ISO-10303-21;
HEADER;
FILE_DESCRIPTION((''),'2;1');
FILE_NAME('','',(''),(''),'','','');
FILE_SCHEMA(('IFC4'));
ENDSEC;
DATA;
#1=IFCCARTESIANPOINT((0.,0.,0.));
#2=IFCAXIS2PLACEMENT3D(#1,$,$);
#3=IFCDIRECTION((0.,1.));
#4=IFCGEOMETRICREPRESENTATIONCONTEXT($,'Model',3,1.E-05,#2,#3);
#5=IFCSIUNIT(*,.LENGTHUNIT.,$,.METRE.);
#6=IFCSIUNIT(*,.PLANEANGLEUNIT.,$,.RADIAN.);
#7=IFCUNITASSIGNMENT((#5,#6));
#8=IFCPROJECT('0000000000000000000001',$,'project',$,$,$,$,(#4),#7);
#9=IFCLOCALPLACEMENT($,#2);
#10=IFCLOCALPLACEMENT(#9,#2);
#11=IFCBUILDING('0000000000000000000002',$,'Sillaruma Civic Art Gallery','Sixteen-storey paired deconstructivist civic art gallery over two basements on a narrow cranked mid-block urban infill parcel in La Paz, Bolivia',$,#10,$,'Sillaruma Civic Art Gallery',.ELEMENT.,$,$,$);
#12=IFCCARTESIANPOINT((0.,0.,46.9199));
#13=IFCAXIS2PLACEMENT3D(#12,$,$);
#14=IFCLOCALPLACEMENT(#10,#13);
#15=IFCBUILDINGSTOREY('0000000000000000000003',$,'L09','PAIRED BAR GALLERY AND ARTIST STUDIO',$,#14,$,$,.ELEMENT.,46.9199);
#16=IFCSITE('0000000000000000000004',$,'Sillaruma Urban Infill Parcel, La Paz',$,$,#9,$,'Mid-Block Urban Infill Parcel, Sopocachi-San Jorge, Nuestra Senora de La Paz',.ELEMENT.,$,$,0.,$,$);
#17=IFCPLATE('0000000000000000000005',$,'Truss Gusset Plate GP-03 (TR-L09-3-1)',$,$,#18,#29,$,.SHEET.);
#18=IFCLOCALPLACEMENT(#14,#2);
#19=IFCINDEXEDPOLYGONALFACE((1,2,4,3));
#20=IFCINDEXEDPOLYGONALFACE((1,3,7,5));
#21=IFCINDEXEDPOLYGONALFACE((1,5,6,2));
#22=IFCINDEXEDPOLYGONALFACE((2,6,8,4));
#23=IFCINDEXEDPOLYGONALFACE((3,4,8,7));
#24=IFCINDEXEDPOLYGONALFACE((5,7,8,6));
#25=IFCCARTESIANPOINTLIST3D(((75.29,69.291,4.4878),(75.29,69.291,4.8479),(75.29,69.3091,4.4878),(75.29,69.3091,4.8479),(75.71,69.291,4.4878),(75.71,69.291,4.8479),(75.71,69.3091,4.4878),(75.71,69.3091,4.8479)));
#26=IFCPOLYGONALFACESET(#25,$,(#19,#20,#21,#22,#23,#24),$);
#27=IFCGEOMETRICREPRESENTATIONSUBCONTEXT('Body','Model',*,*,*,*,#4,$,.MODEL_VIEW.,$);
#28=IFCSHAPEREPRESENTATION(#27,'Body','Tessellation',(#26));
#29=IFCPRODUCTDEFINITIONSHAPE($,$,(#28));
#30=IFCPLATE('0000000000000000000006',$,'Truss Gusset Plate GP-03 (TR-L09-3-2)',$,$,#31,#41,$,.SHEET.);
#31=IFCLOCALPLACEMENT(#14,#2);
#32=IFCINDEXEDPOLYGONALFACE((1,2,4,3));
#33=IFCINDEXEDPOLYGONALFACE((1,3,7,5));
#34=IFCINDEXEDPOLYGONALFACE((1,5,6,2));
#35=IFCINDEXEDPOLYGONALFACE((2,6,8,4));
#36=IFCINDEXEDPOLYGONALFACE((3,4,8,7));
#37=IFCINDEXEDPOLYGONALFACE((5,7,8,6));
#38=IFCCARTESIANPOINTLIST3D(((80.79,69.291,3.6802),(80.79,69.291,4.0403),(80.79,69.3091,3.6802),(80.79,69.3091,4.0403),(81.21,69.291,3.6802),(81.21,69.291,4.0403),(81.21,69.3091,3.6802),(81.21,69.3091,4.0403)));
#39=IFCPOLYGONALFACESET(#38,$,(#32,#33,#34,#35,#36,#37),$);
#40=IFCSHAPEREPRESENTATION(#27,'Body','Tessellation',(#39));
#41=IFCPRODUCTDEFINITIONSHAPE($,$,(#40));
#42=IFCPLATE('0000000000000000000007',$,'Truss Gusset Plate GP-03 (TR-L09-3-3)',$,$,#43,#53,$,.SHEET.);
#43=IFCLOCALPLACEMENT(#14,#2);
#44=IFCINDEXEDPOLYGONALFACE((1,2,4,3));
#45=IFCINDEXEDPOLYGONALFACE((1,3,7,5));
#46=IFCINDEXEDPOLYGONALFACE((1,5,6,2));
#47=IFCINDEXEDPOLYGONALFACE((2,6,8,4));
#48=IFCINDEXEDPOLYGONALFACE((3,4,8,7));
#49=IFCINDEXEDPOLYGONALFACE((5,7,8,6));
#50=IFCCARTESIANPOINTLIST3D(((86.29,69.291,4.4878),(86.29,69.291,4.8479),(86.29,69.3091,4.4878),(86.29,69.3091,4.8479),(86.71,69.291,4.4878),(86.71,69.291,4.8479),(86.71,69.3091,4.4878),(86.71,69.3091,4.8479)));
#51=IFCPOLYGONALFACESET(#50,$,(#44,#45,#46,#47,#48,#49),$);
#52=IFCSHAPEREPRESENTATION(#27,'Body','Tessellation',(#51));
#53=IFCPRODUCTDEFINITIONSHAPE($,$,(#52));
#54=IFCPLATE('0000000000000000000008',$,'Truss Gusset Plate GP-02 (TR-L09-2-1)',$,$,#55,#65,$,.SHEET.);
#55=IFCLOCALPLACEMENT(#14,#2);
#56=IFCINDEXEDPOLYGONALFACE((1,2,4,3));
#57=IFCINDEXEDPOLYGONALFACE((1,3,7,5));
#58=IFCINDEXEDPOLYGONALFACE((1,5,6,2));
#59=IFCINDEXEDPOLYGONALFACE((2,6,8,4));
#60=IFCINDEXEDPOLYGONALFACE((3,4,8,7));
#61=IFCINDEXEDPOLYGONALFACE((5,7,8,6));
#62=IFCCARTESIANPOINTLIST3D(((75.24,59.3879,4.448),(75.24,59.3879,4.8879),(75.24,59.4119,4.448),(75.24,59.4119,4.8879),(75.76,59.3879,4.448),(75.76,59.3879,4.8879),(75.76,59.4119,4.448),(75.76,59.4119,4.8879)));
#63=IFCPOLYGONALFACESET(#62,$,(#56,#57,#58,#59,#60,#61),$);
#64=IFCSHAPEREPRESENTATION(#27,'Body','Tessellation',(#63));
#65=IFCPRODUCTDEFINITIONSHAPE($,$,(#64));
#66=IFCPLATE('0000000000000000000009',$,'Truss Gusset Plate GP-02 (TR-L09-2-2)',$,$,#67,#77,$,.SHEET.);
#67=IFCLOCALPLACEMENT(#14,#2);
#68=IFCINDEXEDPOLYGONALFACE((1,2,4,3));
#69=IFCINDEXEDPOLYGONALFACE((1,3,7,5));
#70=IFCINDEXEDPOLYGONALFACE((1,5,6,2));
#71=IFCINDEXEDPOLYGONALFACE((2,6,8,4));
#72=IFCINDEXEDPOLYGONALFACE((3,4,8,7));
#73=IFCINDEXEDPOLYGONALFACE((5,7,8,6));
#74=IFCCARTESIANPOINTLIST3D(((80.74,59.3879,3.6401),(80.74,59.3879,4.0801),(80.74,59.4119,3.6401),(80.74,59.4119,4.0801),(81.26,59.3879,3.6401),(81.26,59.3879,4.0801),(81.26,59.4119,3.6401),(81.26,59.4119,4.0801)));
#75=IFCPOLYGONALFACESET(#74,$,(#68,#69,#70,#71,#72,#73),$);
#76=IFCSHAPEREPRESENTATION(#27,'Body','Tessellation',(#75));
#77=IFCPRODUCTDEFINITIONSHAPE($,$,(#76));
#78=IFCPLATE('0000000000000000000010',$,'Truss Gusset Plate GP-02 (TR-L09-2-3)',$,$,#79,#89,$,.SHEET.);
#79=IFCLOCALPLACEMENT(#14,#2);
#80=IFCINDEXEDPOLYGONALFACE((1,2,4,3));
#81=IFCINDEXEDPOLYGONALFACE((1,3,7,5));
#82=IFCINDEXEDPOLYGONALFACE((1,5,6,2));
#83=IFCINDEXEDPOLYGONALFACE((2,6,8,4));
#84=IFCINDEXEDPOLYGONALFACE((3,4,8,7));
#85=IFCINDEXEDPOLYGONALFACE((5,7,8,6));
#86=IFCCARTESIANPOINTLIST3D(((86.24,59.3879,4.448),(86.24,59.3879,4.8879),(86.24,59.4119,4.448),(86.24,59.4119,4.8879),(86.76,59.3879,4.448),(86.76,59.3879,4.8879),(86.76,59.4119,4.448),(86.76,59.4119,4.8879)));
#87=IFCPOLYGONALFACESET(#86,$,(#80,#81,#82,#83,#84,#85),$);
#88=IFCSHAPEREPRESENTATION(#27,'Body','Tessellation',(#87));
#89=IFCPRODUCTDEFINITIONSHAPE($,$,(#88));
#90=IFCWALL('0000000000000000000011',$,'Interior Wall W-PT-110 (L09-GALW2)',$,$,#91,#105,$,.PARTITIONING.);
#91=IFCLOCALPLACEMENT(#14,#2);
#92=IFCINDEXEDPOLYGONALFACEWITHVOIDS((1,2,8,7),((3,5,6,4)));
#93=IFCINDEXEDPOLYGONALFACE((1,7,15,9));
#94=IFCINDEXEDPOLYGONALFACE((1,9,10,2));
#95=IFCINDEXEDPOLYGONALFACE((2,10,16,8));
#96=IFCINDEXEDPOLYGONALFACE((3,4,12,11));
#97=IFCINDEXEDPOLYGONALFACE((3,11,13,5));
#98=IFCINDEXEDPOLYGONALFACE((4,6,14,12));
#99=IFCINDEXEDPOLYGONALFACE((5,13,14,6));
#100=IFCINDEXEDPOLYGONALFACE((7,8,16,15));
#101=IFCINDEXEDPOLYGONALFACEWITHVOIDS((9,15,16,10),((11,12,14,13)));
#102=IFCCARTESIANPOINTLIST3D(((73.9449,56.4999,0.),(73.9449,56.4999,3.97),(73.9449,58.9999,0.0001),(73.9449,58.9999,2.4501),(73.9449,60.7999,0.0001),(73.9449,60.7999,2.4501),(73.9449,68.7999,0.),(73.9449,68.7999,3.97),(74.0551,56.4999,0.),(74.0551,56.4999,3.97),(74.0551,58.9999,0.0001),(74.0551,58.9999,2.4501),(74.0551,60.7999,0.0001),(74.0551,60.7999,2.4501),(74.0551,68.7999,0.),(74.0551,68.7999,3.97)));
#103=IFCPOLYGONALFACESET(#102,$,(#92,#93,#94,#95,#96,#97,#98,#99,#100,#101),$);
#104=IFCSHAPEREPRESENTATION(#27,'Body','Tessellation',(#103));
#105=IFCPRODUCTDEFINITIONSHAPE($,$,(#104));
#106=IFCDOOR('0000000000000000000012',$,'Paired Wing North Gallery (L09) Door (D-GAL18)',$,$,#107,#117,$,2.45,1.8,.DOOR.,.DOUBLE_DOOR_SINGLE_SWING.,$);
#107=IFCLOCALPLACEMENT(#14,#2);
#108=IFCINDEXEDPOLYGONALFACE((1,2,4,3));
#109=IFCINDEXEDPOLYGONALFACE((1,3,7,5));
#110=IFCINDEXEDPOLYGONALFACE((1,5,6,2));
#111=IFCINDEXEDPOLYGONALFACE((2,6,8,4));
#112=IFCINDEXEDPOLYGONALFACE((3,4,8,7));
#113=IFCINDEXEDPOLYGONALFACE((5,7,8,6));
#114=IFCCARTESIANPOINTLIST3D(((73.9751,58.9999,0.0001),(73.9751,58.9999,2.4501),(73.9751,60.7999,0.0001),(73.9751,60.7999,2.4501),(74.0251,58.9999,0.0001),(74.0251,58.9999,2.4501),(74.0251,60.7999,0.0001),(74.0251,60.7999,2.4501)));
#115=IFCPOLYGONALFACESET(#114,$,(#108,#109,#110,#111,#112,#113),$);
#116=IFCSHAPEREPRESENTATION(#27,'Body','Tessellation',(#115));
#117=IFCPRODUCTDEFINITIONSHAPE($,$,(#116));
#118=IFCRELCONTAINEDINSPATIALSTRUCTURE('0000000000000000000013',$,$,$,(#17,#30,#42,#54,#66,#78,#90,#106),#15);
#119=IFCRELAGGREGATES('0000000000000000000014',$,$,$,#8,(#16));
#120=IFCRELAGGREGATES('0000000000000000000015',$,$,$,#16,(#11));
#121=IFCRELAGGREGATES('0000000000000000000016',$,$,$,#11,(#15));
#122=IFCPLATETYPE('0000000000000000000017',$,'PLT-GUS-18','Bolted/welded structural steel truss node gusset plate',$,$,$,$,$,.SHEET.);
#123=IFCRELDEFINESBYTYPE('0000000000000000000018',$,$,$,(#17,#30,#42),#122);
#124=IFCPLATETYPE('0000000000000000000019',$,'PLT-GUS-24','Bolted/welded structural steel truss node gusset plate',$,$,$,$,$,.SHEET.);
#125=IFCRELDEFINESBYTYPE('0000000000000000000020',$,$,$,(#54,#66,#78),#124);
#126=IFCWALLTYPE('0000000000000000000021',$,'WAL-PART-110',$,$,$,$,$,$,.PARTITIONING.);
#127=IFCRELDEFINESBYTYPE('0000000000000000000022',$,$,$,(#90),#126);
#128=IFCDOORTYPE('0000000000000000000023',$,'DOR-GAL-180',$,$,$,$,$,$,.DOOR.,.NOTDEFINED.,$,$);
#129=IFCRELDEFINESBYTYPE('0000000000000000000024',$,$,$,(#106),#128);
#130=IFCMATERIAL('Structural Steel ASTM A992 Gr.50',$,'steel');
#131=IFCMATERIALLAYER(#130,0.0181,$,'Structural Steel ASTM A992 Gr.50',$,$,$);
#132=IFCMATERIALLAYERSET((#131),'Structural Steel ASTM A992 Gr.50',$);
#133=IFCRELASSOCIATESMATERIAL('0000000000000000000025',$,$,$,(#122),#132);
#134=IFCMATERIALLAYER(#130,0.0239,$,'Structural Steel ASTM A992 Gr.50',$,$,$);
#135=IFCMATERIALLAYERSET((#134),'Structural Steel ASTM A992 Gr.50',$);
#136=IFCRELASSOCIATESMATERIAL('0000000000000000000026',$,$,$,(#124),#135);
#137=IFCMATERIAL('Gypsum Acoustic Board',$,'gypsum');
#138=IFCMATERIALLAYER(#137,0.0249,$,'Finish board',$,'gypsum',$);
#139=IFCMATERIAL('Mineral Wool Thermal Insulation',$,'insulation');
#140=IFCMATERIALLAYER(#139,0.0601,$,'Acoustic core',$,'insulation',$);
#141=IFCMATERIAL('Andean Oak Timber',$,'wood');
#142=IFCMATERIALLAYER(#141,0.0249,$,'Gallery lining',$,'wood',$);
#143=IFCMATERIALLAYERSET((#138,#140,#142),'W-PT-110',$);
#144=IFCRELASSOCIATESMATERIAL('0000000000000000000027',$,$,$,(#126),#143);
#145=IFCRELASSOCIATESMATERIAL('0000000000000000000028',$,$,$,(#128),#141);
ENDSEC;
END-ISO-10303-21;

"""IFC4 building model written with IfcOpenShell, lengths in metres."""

from ifc_helpers import new_model, si_unit, direction, frame, frame_2d, origin, origin_2d, place, context, subcontext, project, spatial, rectangle, extrude, material, layer, layer_set, type_object, element, fill, save


model = new_model("IFC4")

# Units and contexts
model_context = context("Model", 3, precision=1e-05, world=origin(), true_north=direction((0.0, 1.0)))
body_context = subcontext(model_context, "Body", "Model", "MODEL_VIEW")
ifc_project = project(units=[si_unit("LENGTHUNIT", "METRE"), si_unit("PLANEANGLEUNIT", "RADIAN")], contexts=[model_context])

# Site, building, storey
site_placement = place(None, origin())
site = spatial("IfcSite", under=ifc_project, at=site_placement, Name="Sillaruma Urban Infill Parcel, La Paz", LongName="Mid-Block Urban Infill Parcel, Sopocachi-San Jorge, Nuestra Senora de La Paz", CompositionType="ELEMENT", RefElevation=0.0)
building_placement = place(site_placement, origin())
building = spatial("IfcBuilding", under=site, at=building_placement, Name="Sillaruma Civic Art Gallery", Description="Sixteen-storey paired deconstructivist civic art gallery over two basements on a narrow cranked mid-block urban infill parcel in La Paz, Bolivia", LongName="Sillaruma Civic Art Gallery", CompositionType="ELEMENT")
storey_placement = place(building_placement, frame((0.0, 0.0, 46.9199)))
storey = spatial("IfcBuildingStorey", under=building, at=storey_placement, Name="L09", Description="PAIRED BAR GALLERY AND ARTIST STUDIO", CompositionType="ELEMENT", Elevation=46.9199)

# Shared definitions
ifc_material_1 = material(Name="Structural Steel ASTM A992 Gr.50", Category="steel")

# Plates
ifc_layer_1 = layer(ifc_material_1, 0.0181, Name="Structural Steel ASTM A992 Gr.50")
ifc_layer_set_1 = layer_set([ifc_layer_1], Name="Structural Steel ASTM A992 Gr.50")
plate_type_1 = type_object("IfcPlateType", Name="PLT-GUS-18", Description="Bolted/welded structural steel truss node gusset plate", PredefinedType="SHEET", material=ifc_layer_set_1)
for number, where, z_axis, x_axis, name in (
    (1, (75.5, 69.3, 4.4878), (0.0, 0.0, 1.0), (1.0, 0.0, 0.0), "Truss Gusset Plate GP-03 (TR-L09-3-1)"),
    (2, (81.0, 69.3, 3.6802), (0.0, 0.0, 1.0), (1.0, 0.0, 0.0), "Truss Gusset Plate GP-03 (TR-L09-3-2)"),
    (3, (86.5, 69.3, 4.4878), (0.0, 0.0, 1.0), (1.0, 0.0, 0.0), "Truss Gusset Plate GP-03 (TR-L09-3-3)"),
):
    element("IfcPlate", number, at=place(storey_placement, frame(where, z_axis=z_axis, x_axis=x_axis)), inside=storey, type_object=plate_type_1, Name=name, PredefinedType="SHEET", context=body_context, shape_type="SweptSolid", body=[
        extrude(rectangle(XDim=0.4199, YDim=0.0181, at=origin_2d()), origin(), (0.0, 0.0, 1.0), 0.3601),
    ])
ifc_layer_2 = layer(ifc_material_1, 0.0239, Name="Structural Steel ASTM A992 Gr.50")
ifc_layer_set_2 = layer_set([ifc_layer_2], Name="Structural Steel ASTM A992 Gr.50")
plate_type_2 = type_object("IfcPlateType", Name="PLT-GUS-24", Description="Bolted/welded structural steel truss node gusset plate", PredefinedType="SHEET", material=ifc_layer_set_2)
for number, where, z_axis, x_axis, name in (
    (4, (75.5, 59.3999, 4.448), (0.0, 0.0, 1.0), (1.0, 0.0, 0.0), "Truss Gusset Plate GP-02 (TR-L09-2-1)"),
    (5, (81.0, 59.3999, 3.6401), (0.0, 0.0, 1.0), (1.0, 0.0, 0.0), "Truss Gusset Plate GP-02 (TR-L09-2-2)"),
    (6, (86.5, 59.3999, 4.448), (0.0, 0.0, 1.0), (1.0, 0.0, 0.0), "Truss Gusset Plate GP-02 (TR-L09-2-3)"),
):
    element("IfcPlate", number, at=place(storey_placement, frame(where, z_axis=z_axis, x_axis=x_axis)), inside=storey, type_object=plate_type_2, Name=name, PredefinedType="SHEET", context=body_context, shape_type="SweptSolid", body=[
        extrude(rectangle(XDim=0.52, YDim=0.0239, at=origin_2d()), origin(), (0.0, 0.0, 1.0), 0.4399),
    ])

# Wall, opening, door
ifc_material_2 = material(Name="Gypsum Acoustic Board", Category="gypsum")
ifc_layer_3 = layer(ifc_material_2, 0.0249, Name="Finish board", Category="gypsum")
ifc_material_3 = material(Name="Mineral Wool Thermal Insulation", Category="insulation")
ifc_layer_4 = layer(ifc_material_3, 0.0601, Name="Acoustic core", Category="insulation")
ifc_material_4 = material(Name="Andean Oak Timber", Category="wood")
ifc_layer_5 = layer(ifc_material_4, 0.0249, Name="Gallery lining", Category="wood")
ifc_layer_set_3 = layer_set([ifc_layer_3, ifc_layer_4, ifc_layer_5], Name="W-PT-110")
wall_type = type_object("IfcWallType", Name="WAL-PART-110", PredefinedType="PARTITIONING", material=ifc_layer_set_3)
wall_placement = place(storey_placement, frame((74.0, 56.5, 0.0), z_axis=(0.0, 0.0, 1.0), x_axis=(0.0, 1.0, 0.0)))
wall = element("IfcWall", 7, at=wall_placement, inside=storey, type_object=wall_type, Name="Interior Wall W-PT-110 (L09-GALW2)", PredefinedType="PARTITIONING", context=body_context, shape_type="SweptSolid", body=[
    extrude(rectangle(XDim=12.3, YDim=0.1101, at=frame_2d((6.1499, 0.0))), origin(), (0.0, 0.0, 1.0), 3.97),
])
opening_placement = place(wall_placement, frame((2.5, 0.0, 0.0)))
opening = element("IfcOpeningElement", 8, at=opening_placement, cuts=wall, PredefinedType="OPENING", context=body_context, shape_type="SweptSolid", body=[
    extrude(rectangle(XDim=1.8, YDim=2.45, at=frame_2d((0.8999, 1.2251))), frame((0.0, 0.0649, 0.0), z_axis=(0.0, -1.0, 0.0), x_axis=(1.0, 0.0, 0.0)), (0.0, 0.0, 1.0), 0.1301),
])
door_type = type_object("IfcDoorType", Name="DOR-GAL-180", OperationType="NOTDEFINED", PredefinedType="DOOR", material=ifc_material_4)
door_placement = place(opening_placement, origin())
door = element("IfcDoor", 9, at=door_placement, inside=storey, type_object=door_type, Name="Paired Wing North Gallery (L09) Door (D-GAL18)", OperationType="DOUBLE_DOOR_SINGLE_SWING", OverallHeight=2.45, OverallWidth=1.8, PredefinedType="DOOR", context=body_context, shape_type="SweptSolid", body=[
    extrude(rectangle(XDim=1.8, YDim=2.45, at=frame_2d((0.8999, 1.2251))), frame((0.0, 0.0249, 0.0), z_axis=(0.0, -1.0, 0.0), x_axis=(1.0, 0.0, 0.0)), (0.0, 0.0, 1.0), 0.05),
])
fill(opening, door)

save(model, "model.ifc")
